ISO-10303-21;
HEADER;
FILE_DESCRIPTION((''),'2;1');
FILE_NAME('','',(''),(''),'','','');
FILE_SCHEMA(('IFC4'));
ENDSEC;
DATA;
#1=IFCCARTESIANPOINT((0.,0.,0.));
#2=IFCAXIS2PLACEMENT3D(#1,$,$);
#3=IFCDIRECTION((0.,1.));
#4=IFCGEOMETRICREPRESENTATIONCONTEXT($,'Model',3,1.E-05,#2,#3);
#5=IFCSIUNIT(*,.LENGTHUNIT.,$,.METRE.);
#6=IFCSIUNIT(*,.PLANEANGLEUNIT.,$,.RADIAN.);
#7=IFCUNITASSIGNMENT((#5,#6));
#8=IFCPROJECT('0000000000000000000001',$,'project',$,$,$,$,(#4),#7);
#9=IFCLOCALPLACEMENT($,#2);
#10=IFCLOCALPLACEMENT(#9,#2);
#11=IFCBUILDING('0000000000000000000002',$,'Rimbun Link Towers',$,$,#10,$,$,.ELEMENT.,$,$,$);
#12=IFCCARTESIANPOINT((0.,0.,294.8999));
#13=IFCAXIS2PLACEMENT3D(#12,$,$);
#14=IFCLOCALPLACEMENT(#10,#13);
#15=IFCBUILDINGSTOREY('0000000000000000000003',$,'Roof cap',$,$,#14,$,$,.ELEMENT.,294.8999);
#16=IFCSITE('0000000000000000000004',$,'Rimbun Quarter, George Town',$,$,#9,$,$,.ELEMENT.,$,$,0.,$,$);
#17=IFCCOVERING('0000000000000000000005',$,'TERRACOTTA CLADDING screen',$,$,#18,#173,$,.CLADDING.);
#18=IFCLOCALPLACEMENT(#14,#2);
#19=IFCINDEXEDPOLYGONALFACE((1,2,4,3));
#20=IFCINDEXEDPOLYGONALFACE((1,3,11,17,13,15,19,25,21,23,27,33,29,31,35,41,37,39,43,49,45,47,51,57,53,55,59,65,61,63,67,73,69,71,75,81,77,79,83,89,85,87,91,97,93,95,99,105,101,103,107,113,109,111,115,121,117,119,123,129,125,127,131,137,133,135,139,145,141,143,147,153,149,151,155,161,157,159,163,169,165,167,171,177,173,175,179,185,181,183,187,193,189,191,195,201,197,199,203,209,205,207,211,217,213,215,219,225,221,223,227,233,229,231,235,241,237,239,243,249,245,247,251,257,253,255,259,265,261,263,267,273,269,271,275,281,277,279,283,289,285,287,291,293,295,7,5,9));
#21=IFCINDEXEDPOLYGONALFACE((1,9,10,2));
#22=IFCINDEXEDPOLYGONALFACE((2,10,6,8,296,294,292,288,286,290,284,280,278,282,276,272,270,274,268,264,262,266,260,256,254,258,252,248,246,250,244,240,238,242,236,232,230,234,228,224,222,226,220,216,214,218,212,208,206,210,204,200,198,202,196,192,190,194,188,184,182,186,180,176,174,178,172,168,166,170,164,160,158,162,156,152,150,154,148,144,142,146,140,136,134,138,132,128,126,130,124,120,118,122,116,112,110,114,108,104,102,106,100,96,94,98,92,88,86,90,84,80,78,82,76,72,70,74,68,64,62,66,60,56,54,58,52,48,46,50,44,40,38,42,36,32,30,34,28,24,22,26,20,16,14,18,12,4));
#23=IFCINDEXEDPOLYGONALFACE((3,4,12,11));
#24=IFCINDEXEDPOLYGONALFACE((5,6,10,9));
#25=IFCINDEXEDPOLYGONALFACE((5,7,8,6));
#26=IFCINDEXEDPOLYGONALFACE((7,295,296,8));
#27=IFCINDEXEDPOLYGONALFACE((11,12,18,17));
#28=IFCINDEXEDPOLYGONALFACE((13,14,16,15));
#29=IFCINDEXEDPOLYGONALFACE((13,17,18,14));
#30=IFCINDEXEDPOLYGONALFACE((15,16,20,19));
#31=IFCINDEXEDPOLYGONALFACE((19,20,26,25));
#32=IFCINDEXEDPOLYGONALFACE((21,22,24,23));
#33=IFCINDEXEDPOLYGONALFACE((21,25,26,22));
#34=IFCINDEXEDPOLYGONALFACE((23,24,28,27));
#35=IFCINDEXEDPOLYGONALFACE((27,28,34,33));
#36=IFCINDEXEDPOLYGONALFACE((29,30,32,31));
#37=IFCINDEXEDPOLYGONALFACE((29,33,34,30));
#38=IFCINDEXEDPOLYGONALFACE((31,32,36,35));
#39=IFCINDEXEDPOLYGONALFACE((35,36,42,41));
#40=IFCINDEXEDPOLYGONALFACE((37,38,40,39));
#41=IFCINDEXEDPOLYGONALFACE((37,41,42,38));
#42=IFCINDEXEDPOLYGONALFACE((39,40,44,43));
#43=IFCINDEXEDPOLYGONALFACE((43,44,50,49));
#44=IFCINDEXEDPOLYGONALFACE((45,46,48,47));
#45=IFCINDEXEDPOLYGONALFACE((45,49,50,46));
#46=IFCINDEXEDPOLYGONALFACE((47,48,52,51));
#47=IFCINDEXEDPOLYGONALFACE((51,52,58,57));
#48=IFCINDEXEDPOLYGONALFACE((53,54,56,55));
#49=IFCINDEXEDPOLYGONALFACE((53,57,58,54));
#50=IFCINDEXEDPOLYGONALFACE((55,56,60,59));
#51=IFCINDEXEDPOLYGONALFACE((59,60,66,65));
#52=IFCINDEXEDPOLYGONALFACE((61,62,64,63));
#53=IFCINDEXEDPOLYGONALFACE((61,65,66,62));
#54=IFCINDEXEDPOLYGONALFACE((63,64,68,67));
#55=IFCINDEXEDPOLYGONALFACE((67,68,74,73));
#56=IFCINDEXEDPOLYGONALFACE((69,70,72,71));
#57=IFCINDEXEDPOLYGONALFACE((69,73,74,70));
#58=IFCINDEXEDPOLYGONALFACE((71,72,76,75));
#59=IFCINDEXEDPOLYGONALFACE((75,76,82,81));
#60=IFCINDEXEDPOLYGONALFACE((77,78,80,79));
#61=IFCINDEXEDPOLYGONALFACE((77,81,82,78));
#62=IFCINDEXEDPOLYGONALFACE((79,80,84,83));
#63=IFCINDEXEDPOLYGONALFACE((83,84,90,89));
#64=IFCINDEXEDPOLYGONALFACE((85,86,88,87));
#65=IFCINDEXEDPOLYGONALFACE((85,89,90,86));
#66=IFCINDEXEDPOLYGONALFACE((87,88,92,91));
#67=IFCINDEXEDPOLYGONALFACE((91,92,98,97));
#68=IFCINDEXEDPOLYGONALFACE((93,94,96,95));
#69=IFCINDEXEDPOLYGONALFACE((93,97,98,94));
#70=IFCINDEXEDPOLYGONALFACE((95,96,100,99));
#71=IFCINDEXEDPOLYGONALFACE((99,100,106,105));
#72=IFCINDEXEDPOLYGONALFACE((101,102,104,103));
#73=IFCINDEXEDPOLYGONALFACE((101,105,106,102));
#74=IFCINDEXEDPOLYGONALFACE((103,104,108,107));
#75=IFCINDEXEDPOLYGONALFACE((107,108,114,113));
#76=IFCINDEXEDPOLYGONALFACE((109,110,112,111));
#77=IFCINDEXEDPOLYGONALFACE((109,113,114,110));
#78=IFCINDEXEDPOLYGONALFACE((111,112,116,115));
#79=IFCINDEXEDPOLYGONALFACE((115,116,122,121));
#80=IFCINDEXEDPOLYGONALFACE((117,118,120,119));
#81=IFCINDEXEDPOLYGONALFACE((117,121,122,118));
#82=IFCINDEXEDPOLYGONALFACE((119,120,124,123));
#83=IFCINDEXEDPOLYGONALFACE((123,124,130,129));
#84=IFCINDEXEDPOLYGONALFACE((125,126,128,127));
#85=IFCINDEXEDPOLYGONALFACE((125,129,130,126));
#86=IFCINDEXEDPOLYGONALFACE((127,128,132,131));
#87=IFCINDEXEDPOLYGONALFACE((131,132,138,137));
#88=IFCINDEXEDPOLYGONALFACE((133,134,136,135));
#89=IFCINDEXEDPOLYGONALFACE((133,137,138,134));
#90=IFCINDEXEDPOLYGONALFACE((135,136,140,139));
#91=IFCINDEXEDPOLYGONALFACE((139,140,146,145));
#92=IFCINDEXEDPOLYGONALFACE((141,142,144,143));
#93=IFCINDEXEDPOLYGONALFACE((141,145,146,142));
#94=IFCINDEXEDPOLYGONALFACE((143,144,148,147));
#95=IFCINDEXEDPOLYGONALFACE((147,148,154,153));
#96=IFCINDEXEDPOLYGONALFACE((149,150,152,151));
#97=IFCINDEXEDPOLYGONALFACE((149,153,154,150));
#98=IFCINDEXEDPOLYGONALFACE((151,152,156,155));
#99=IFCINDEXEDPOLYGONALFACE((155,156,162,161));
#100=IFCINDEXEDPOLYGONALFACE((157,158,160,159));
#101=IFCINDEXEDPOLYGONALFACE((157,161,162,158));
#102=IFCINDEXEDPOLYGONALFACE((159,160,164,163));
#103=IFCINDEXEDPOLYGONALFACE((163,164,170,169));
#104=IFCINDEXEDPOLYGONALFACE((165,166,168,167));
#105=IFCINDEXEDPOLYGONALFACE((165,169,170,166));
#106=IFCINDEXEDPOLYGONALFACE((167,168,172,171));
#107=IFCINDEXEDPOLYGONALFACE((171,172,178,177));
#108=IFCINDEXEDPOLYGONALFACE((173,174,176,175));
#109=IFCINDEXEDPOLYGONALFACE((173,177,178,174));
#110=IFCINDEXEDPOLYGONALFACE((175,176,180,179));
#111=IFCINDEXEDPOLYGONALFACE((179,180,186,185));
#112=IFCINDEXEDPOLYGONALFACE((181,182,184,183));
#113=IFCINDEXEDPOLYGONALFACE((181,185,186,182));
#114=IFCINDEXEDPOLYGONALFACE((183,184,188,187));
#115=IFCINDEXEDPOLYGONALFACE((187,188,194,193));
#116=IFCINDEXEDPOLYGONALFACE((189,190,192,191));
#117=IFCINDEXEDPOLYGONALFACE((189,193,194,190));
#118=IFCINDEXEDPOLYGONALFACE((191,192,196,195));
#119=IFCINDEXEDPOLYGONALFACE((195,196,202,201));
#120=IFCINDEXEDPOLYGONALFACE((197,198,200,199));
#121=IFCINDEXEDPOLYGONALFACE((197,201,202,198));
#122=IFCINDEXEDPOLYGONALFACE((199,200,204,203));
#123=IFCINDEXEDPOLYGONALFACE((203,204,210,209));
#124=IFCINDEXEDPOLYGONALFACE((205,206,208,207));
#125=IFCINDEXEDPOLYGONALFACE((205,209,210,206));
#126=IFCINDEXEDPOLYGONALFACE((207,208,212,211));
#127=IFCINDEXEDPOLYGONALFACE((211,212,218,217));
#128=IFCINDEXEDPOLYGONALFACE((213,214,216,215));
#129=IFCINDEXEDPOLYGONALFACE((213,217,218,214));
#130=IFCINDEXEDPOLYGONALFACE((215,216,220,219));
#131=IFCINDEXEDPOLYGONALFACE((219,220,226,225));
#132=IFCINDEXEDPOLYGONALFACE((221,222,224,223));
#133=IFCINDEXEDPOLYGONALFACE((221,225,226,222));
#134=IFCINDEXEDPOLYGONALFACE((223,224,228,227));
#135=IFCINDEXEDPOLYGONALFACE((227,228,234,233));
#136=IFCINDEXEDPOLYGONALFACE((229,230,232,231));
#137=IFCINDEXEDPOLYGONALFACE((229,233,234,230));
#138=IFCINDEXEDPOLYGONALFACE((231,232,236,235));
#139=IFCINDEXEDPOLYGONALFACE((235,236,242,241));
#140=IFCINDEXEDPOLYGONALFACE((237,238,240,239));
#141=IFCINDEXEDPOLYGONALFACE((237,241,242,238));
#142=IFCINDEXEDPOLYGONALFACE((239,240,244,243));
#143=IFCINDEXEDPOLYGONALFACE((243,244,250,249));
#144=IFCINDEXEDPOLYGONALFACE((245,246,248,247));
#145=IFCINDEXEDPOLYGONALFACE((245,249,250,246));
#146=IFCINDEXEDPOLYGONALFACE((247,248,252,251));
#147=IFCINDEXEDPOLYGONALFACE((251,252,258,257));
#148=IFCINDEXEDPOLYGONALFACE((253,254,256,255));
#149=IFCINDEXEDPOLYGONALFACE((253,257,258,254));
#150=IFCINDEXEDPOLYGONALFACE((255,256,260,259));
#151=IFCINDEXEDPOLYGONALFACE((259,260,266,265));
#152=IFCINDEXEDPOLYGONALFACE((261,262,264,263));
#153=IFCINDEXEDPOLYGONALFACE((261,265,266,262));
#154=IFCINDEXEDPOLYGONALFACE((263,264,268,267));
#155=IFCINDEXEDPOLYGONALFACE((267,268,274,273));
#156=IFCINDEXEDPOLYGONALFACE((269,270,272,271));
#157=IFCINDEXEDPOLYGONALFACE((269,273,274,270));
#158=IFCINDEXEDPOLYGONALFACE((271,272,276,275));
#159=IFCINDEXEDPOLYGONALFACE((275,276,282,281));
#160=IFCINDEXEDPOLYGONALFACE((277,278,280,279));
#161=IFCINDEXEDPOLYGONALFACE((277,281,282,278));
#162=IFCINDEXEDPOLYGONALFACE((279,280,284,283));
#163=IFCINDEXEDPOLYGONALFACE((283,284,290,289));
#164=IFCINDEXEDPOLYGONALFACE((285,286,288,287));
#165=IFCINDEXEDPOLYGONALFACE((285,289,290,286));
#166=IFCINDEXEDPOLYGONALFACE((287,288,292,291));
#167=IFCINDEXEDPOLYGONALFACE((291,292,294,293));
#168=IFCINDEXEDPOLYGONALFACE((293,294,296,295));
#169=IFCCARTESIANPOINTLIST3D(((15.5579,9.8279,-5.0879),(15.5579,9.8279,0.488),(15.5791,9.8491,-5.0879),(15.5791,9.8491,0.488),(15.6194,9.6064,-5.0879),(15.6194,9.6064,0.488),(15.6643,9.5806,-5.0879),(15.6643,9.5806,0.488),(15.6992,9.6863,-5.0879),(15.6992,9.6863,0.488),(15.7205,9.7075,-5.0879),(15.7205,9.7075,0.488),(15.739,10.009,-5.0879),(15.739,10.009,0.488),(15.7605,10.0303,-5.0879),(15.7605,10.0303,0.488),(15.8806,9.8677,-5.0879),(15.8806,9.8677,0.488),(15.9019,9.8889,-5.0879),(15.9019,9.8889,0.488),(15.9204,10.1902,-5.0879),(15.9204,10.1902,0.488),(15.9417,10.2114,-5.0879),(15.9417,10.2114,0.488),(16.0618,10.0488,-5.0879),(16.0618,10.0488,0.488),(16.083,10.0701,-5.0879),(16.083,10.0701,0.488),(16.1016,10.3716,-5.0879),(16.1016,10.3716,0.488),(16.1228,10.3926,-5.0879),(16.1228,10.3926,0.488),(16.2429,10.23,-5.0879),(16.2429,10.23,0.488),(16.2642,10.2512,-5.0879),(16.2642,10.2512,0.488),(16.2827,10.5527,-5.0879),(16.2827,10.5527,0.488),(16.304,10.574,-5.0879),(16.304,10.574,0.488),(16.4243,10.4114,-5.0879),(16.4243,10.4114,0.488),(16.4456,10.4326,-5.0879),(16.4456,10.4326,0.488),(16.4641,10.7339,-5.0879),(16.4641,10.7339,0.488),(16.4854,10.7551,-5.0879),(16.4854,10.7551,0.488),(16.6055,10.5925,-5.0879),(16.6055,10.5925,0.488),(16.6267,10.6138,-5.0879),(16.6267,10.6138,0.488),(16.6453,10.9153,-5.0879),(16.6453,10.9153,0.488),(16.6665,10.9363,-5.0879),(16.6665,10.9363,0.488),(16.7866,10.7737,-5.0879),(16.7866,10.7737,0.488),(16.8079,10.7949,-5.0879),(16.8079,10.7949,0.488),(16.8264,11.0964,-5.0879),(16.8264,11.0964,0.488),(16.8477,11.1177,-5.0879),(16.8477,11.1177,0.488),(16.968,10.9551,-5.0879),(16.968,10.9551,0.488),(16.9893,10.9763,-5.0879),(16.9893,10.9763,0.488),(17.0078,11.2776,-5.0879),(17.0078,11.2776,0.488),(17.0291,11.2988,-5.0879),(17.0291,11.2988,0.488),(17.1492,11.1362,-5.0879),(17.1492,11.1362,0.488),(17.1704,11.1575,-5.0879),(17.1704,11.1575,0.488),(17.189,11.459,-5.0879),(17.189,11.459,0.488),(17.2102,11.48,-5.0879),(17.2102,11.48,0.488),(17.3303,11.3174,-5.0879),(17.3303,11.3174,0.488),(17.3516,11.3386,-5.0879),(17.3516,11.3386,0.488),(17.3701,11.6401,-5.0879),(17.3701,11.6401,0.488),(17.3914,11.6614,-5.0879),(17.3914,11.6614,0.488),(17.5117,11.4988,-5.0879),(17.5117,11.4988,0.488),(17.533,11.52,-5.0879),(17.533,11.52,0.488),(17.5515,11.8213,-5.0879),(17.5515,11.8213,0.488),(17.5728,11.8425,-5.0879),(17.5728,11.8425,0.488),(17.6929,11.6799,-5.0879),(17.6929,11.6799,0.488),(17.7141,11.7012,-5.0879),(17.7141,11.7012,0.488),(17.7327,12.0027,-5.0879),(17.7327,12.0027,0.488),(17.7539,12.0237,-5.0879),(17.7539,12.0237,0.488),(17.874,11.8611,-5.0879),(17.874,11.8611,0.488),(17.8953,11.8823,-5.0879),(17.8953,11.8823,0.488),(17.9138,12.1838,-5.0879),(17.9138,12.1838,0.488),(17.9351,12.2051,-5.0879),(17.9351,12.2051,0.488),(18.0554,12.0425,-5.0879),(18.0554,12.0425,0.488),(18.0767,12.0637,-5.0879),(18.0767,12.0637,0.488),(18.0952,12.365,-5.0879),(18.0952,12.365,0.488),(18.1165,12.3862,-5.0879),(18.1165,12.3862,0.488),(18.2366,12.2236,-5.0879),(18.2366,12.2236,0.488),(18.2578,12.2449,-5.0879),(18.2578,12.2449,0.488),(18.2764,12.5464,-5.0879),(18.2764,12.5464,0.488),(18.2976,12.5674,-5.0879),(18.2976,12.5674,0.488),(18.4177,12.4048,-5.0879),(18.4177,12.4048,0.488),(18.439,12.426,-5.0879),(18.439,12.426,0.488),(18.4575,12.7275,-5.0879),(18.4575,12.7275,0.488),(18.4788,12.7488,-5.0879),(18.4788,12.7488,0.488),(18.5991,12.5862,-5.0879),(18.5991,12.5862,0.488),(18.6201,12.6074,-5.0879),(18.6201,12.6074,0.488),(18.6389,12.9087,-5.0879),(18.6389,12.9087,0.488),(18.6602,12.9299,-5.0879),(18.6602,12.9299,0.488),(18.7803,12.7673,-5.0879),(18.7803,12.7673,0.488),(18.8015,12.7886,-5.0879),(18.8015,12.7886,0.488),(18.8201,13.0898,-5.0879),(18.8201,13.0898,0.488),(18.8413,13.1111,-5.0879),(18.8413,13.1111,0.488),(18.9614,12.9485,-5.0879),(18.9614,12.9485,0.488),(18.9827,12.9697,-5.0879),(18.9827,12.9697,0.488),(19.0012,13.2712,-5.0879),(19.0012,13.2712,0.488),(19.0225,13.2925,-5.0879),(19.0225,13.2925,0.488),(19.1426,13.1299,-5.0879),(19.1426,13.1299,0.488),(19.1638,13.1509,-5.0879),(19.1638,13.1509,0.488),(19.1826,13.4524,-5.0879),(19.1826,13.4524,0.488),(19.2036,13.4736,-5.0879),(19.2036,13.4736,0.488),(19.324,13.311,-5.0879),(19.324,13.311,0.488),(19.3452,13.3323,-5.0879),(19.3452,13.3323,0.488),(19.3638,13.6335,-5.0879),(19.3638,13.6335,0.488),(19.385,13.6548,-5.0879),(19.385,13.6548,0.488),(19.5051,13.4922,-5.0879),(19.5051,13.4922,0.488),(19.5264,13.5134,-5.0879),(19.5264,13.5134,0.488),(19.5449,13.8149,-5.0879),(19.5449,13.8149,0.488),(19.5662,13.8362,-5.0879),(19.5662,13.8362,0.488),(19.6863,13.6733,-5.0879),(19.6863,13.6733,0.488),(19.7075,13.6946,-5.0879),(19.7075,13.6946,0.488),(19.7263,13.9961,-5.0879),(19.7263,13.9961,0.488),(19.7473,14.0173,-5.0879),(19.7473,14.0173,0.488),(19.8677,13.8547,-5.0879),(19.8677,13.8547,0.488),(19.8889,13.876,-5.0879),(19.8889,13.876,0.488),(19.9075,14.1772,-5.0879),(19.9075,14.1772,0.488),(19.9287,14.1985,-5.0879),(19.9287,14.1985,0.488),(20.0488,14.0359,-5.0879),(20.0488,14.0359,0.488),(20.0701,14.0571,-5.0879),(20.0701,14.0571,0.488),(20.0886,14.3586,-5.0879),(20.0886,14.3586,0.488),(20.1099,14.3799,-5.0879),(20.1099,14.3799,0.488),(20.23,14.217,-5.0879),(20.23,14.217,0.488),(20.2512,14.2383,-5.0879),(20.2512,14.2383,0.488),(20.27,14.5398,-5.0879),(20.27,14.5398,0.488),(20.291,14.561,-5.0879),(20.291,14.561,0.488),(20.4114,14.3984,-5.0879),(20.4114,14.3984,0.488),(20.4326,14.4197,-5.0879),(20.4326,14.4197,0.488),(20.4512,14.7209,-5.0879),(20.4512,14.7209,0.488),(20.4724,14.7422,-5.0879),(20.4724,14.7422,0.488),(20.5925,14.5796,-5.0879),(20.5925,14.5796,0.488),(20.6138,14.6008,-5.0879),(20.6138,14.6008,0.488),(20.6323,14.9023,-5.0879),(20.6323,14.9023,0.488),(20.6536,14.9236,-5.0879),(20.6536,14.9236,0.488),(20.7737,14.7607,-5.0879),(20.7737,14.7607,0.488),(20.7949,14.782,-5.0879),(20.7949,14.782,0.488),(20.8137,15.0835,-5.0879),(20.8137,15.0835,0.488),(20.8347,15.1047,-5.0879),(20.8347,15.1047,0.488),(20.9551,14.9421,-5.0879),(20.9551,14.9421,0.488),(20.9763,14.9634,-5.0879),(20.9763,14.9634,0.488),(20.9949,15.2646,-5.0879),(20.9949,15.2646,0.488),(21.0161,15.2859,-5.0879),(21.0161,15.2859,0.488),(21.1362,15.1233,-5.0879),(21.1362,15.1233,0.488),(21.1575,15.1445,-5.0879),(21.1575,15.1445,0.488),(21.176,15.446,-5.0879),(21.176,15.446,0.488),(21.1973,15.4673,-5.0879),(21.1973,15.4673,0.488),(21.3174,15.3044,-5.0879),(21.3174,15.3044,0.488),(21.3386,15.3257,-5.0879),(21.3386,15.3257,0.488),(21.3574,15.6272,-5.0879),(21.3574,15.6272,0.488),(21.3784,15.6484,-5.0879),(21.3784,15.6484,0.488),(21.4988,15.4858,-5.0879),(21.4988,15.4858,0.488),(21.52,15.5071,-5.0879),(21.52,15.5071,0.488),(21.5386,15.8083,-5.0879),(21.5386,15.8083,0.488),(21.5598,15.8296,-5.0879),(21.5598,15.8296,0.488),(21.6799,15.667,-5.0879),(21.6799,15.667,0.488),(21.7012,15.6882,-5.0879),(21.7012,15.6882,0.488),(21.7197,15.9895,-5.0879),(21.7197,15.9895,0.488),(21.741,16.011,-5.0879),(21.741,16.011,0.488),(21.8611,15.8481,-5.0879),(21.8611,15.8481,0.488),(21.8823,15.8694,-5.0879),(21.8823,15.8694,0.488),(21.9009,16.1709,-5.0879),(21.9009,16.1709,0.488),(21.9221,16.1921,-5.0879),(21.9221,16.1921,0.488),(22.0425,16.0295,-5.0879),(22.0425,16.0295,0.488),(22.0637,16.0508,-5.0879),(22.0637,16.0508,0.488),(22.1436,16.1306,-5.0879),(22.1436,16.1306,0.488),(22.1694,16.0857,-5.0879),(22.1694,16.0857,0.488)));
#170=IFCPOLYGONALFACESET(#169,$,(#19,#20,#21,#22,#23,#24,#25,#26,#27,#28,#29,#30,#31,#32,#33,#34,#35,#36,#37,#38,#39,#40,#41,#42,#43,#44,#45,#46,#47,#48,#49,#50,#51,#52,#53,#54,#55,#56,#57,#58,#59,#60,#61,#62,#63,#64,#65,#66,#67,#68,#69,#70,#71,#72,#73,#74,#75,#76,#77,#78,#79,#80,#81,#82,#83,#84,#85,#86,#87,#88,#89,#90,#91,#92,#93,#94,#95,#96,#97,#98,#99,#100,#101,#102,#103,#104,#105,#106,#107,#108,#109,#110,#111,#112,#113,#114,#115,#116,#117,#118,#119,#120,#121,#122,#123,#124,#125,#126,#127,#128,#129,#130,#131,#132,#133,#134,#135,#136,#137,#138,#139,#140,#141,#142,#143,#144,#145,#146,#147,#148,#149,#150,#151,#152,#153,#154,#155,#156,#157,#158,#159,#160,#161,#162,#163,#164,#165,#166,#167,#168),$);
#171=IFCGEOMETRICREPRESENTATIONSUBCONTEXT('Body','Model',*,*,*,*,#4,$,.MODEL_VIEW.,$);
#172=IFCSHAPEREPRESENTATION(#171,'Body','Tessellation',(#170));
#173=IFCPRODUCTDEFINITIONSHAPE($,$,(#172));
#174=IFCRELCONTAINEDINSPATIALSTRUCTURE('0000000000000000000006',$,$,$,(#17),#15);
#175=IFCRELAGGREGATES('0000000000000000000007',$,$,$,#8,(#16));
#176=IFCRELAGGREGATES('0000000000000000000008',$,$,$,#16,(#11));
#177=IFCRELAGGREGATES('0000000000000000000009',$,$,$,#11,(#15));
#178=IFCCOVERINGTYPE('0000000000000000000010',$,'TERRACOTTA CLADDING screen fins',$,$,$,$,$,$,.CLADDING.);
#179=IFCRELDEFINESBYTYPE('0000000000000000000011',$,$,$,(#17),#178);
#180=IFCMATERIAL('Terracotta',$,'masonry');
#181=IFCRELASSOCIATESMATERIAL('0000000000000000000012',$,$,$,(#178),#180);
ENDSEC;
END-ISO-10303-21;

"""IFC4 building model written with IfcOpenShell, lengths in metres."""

from ifc_helpers import new_model, si_unit, direction, frame, origin, place, context, subcontext, project, spatial, polyline, outline, extrude, material, type_object, element, save


model = new_model("IFC4")

# Units and contexts
model_context = context("Model", 3, precision=1e-05, world=origin(), true_north=direction((0.0, 1.0)))
body_context = subcontext(model_context, "Body", "Model", "MODEL_VIEW")
ifc_project = project(units=[si_unit("LENGTHUNIT", "METRE"), si_unit("PLANEANGLEUNIT", "RADIAN")], contexts=[model_context])

# Site, building, storey
site_placement = place(None, origin())
site = spatial("IfcSite", under=ifc_project, at=site_placement, Name="Rimbun Quarter, George Town", CompositionType="ELEMENT", RefElevation=0.0)
building_placement = place(site_placement, origin())
building = spatial("IfcBuilding", under=site, at=building_placement, Name="Rimbun Link Towers", CompositionType="ELEMENT")
storey_placement = place(building_placement, frame((0.0, 0.0, 294.8999)))
storey = spatial("IfcBuildingStorey", under=building, at=storey_placement, Name="Roof cap", CompositionType="ELEMENT", Elevation=294.8999)

# Covering
ifc_material_1 = material(Name="Terracotta", Category="masonry")
covering_type_1 = type_object("IfcCoveringType", Name="TERRACOTTA CLADDING screen fins", PredefinedType="CLADDING", material=ifc_material_1)
covering_1_placement = place(storey_placement, frame((0.0, 0.0, -5.0879)))
element("IfcCovering", 1, at=covering_1_placement, inside=storey, type_object=covering_type_1, Name="TERRACOTTA CLADDING screen", PredefinedType="CLADDING", context=body_context, shape_type="SweptSolid", body=[
    extrude(outline(polyline([(22.1436, 16.1306), (22.0637, 16.0508), (21.9221, 16.1921), (21.9009, 16.1709), (22.0425, 16.0295), (21.8823, 15.8694), (21.741, 16.011), (21.7197, 15.9895), (21.8611, 15.8481), (21.7012, 15.6882), (21.5598, 15.8296), (21.5386, 15.8083), (21.6799, 15.667), (21.52, 15.5071), (21.3784, 15.6484), (21.3574, 15.6272), (21.4988, 15.4858), (21.3386, 15.3257), (21.1973, 15.4673), (21.176, 15.446), (21.3174, 15.3044), (21.1575, 15.1445), (21.0161, 15.2859), (20.9949, 15.2646), (21.1362, 15.1233), (20.9763, 14.9634), (20.8347, 15.1047), (20.8137, 15.0835), (20.9551, 14.9421), (20.7949, 14.782), (20.6536, 14.9236), (20.6323, 14.9023), (20.7737, 14.7607), (20.6138, 14.6008), (20.4724, 14.7422), (20.4512, 14.7209), (20.5925, 14.5796), (20.4326, 14.4197), (20.291, 14.561), (20.27, 14.5398), (20.4114, 14.3984), (20.2512, 14.2383), (20.1099, 14.3799), (20.0886, 14.3586), (20.23, 14.217), (20.0701, 14.0571), (19.9287, 14.1985), (19.9075, 14.1772), (20.0488, 14.0359), (19.8889, 13.876), (19.7473, 14.0173), (19.7263, 13.9961), (19.8677, 13.8547), (19.7075, 13.6946), (19.5662, 13.8362), (19.5449, 13.8149), (19.6863, 13.6733), (19.5264, 13.5134), (19.385, 13.6548), (19.3638, 13.6335), (19.5051, 13.4922), (19.3452, 13.3323), (19.2036, 13.4736), (19.1826, 13.4524), (19.324, 13.311), (19.1638, 13.1509), (19.0225, 13.2925), (19.0012, 13.2712), (19.1426, 13.1299), (18.9827, 12.9697), (18.8413, 13.1111), (18.8201, 13.0898), (18.9614, 12.9485), (18.8015, 12.7886), (18.6602, 12.9299), (18.6389, 12.9087), (18.7803, 12.7673), (18.6201, 12.6074), (18.4788, 12.7488), (18.4575, 12.7275), (18.5991, 12.5862), (18.439, 12.426), (18.2976, 12.5674), (18.2764, 12.5464), (18.4177, 12.4048), (18.2578, 12.2449), (18.1165, 12.3862), (18.0952, 12.365), (18.2366, 12.2236), (18.0767, 12.0637), (17.9351, 12.2051), (17.9138, 12.1838), (18.0554, 12.0425), (17.8953, 11.8823), (17.7539, 12.0237), (17.7327, 12.0027), (17.874, 11.8611), (17.7141, 11.7012), (17.5728, 11.8425), (17.5515, 11.8213), (17.6929, 11.6799), (17.533, 11.52), (17.3914, 11.6614), (17.3701, 11.6401), (17.5117, 11.4988), (17.3516, 11.3386), (17.2102, 11.48), (17.189, 11.459), (17.3303, 11.3174), (17.1704, 11.1575), (17.0291, 11.2988), (17.0078, 11.2776), (17.1492, 11.1362), (16.9893, 10.9763), (16.8477, 11.1177), (16.8264, 11.0964), (16.968, 10.9551), (16.8079, 10.7949), (16.6665, 10.9363), (16.6453, 10.9153), (16.7866, 10.7737), (16.6267, 10.6138), (16.4854, 10.7551), (16.4641, 10.7339), (16.6055, 10.5925), (16.4456, 10.4326), (16.304, 10.574), (16.2827, 10.5527), (16.4243, 10.4114), (16.2642, 10.2512), (16.1228, 10.3926), (16.1016, 10.3716), (16.2429, 10.23), (16.083, 10.0701), (15.9417, 10.2114), (15.9204, 10.1902), (16.0618, 10.0488), (15.9019, 9.8889), (15.7605, 10.0303), (15.739, 10.009), (15.8806, 9.8677), (15.7205, 9.7075), (15.5791, 9.8491), (15.5579, 9.8279), (15.6992, 9.6863), (15.6194, 9.6064), (15.6643, 9.5806), (22.1694, 16.0857), (22.1436, 16.1306)])), origin(), (0.0, 0.0, 1.0), 5.5759),
])

save(model, "model.ifc")
